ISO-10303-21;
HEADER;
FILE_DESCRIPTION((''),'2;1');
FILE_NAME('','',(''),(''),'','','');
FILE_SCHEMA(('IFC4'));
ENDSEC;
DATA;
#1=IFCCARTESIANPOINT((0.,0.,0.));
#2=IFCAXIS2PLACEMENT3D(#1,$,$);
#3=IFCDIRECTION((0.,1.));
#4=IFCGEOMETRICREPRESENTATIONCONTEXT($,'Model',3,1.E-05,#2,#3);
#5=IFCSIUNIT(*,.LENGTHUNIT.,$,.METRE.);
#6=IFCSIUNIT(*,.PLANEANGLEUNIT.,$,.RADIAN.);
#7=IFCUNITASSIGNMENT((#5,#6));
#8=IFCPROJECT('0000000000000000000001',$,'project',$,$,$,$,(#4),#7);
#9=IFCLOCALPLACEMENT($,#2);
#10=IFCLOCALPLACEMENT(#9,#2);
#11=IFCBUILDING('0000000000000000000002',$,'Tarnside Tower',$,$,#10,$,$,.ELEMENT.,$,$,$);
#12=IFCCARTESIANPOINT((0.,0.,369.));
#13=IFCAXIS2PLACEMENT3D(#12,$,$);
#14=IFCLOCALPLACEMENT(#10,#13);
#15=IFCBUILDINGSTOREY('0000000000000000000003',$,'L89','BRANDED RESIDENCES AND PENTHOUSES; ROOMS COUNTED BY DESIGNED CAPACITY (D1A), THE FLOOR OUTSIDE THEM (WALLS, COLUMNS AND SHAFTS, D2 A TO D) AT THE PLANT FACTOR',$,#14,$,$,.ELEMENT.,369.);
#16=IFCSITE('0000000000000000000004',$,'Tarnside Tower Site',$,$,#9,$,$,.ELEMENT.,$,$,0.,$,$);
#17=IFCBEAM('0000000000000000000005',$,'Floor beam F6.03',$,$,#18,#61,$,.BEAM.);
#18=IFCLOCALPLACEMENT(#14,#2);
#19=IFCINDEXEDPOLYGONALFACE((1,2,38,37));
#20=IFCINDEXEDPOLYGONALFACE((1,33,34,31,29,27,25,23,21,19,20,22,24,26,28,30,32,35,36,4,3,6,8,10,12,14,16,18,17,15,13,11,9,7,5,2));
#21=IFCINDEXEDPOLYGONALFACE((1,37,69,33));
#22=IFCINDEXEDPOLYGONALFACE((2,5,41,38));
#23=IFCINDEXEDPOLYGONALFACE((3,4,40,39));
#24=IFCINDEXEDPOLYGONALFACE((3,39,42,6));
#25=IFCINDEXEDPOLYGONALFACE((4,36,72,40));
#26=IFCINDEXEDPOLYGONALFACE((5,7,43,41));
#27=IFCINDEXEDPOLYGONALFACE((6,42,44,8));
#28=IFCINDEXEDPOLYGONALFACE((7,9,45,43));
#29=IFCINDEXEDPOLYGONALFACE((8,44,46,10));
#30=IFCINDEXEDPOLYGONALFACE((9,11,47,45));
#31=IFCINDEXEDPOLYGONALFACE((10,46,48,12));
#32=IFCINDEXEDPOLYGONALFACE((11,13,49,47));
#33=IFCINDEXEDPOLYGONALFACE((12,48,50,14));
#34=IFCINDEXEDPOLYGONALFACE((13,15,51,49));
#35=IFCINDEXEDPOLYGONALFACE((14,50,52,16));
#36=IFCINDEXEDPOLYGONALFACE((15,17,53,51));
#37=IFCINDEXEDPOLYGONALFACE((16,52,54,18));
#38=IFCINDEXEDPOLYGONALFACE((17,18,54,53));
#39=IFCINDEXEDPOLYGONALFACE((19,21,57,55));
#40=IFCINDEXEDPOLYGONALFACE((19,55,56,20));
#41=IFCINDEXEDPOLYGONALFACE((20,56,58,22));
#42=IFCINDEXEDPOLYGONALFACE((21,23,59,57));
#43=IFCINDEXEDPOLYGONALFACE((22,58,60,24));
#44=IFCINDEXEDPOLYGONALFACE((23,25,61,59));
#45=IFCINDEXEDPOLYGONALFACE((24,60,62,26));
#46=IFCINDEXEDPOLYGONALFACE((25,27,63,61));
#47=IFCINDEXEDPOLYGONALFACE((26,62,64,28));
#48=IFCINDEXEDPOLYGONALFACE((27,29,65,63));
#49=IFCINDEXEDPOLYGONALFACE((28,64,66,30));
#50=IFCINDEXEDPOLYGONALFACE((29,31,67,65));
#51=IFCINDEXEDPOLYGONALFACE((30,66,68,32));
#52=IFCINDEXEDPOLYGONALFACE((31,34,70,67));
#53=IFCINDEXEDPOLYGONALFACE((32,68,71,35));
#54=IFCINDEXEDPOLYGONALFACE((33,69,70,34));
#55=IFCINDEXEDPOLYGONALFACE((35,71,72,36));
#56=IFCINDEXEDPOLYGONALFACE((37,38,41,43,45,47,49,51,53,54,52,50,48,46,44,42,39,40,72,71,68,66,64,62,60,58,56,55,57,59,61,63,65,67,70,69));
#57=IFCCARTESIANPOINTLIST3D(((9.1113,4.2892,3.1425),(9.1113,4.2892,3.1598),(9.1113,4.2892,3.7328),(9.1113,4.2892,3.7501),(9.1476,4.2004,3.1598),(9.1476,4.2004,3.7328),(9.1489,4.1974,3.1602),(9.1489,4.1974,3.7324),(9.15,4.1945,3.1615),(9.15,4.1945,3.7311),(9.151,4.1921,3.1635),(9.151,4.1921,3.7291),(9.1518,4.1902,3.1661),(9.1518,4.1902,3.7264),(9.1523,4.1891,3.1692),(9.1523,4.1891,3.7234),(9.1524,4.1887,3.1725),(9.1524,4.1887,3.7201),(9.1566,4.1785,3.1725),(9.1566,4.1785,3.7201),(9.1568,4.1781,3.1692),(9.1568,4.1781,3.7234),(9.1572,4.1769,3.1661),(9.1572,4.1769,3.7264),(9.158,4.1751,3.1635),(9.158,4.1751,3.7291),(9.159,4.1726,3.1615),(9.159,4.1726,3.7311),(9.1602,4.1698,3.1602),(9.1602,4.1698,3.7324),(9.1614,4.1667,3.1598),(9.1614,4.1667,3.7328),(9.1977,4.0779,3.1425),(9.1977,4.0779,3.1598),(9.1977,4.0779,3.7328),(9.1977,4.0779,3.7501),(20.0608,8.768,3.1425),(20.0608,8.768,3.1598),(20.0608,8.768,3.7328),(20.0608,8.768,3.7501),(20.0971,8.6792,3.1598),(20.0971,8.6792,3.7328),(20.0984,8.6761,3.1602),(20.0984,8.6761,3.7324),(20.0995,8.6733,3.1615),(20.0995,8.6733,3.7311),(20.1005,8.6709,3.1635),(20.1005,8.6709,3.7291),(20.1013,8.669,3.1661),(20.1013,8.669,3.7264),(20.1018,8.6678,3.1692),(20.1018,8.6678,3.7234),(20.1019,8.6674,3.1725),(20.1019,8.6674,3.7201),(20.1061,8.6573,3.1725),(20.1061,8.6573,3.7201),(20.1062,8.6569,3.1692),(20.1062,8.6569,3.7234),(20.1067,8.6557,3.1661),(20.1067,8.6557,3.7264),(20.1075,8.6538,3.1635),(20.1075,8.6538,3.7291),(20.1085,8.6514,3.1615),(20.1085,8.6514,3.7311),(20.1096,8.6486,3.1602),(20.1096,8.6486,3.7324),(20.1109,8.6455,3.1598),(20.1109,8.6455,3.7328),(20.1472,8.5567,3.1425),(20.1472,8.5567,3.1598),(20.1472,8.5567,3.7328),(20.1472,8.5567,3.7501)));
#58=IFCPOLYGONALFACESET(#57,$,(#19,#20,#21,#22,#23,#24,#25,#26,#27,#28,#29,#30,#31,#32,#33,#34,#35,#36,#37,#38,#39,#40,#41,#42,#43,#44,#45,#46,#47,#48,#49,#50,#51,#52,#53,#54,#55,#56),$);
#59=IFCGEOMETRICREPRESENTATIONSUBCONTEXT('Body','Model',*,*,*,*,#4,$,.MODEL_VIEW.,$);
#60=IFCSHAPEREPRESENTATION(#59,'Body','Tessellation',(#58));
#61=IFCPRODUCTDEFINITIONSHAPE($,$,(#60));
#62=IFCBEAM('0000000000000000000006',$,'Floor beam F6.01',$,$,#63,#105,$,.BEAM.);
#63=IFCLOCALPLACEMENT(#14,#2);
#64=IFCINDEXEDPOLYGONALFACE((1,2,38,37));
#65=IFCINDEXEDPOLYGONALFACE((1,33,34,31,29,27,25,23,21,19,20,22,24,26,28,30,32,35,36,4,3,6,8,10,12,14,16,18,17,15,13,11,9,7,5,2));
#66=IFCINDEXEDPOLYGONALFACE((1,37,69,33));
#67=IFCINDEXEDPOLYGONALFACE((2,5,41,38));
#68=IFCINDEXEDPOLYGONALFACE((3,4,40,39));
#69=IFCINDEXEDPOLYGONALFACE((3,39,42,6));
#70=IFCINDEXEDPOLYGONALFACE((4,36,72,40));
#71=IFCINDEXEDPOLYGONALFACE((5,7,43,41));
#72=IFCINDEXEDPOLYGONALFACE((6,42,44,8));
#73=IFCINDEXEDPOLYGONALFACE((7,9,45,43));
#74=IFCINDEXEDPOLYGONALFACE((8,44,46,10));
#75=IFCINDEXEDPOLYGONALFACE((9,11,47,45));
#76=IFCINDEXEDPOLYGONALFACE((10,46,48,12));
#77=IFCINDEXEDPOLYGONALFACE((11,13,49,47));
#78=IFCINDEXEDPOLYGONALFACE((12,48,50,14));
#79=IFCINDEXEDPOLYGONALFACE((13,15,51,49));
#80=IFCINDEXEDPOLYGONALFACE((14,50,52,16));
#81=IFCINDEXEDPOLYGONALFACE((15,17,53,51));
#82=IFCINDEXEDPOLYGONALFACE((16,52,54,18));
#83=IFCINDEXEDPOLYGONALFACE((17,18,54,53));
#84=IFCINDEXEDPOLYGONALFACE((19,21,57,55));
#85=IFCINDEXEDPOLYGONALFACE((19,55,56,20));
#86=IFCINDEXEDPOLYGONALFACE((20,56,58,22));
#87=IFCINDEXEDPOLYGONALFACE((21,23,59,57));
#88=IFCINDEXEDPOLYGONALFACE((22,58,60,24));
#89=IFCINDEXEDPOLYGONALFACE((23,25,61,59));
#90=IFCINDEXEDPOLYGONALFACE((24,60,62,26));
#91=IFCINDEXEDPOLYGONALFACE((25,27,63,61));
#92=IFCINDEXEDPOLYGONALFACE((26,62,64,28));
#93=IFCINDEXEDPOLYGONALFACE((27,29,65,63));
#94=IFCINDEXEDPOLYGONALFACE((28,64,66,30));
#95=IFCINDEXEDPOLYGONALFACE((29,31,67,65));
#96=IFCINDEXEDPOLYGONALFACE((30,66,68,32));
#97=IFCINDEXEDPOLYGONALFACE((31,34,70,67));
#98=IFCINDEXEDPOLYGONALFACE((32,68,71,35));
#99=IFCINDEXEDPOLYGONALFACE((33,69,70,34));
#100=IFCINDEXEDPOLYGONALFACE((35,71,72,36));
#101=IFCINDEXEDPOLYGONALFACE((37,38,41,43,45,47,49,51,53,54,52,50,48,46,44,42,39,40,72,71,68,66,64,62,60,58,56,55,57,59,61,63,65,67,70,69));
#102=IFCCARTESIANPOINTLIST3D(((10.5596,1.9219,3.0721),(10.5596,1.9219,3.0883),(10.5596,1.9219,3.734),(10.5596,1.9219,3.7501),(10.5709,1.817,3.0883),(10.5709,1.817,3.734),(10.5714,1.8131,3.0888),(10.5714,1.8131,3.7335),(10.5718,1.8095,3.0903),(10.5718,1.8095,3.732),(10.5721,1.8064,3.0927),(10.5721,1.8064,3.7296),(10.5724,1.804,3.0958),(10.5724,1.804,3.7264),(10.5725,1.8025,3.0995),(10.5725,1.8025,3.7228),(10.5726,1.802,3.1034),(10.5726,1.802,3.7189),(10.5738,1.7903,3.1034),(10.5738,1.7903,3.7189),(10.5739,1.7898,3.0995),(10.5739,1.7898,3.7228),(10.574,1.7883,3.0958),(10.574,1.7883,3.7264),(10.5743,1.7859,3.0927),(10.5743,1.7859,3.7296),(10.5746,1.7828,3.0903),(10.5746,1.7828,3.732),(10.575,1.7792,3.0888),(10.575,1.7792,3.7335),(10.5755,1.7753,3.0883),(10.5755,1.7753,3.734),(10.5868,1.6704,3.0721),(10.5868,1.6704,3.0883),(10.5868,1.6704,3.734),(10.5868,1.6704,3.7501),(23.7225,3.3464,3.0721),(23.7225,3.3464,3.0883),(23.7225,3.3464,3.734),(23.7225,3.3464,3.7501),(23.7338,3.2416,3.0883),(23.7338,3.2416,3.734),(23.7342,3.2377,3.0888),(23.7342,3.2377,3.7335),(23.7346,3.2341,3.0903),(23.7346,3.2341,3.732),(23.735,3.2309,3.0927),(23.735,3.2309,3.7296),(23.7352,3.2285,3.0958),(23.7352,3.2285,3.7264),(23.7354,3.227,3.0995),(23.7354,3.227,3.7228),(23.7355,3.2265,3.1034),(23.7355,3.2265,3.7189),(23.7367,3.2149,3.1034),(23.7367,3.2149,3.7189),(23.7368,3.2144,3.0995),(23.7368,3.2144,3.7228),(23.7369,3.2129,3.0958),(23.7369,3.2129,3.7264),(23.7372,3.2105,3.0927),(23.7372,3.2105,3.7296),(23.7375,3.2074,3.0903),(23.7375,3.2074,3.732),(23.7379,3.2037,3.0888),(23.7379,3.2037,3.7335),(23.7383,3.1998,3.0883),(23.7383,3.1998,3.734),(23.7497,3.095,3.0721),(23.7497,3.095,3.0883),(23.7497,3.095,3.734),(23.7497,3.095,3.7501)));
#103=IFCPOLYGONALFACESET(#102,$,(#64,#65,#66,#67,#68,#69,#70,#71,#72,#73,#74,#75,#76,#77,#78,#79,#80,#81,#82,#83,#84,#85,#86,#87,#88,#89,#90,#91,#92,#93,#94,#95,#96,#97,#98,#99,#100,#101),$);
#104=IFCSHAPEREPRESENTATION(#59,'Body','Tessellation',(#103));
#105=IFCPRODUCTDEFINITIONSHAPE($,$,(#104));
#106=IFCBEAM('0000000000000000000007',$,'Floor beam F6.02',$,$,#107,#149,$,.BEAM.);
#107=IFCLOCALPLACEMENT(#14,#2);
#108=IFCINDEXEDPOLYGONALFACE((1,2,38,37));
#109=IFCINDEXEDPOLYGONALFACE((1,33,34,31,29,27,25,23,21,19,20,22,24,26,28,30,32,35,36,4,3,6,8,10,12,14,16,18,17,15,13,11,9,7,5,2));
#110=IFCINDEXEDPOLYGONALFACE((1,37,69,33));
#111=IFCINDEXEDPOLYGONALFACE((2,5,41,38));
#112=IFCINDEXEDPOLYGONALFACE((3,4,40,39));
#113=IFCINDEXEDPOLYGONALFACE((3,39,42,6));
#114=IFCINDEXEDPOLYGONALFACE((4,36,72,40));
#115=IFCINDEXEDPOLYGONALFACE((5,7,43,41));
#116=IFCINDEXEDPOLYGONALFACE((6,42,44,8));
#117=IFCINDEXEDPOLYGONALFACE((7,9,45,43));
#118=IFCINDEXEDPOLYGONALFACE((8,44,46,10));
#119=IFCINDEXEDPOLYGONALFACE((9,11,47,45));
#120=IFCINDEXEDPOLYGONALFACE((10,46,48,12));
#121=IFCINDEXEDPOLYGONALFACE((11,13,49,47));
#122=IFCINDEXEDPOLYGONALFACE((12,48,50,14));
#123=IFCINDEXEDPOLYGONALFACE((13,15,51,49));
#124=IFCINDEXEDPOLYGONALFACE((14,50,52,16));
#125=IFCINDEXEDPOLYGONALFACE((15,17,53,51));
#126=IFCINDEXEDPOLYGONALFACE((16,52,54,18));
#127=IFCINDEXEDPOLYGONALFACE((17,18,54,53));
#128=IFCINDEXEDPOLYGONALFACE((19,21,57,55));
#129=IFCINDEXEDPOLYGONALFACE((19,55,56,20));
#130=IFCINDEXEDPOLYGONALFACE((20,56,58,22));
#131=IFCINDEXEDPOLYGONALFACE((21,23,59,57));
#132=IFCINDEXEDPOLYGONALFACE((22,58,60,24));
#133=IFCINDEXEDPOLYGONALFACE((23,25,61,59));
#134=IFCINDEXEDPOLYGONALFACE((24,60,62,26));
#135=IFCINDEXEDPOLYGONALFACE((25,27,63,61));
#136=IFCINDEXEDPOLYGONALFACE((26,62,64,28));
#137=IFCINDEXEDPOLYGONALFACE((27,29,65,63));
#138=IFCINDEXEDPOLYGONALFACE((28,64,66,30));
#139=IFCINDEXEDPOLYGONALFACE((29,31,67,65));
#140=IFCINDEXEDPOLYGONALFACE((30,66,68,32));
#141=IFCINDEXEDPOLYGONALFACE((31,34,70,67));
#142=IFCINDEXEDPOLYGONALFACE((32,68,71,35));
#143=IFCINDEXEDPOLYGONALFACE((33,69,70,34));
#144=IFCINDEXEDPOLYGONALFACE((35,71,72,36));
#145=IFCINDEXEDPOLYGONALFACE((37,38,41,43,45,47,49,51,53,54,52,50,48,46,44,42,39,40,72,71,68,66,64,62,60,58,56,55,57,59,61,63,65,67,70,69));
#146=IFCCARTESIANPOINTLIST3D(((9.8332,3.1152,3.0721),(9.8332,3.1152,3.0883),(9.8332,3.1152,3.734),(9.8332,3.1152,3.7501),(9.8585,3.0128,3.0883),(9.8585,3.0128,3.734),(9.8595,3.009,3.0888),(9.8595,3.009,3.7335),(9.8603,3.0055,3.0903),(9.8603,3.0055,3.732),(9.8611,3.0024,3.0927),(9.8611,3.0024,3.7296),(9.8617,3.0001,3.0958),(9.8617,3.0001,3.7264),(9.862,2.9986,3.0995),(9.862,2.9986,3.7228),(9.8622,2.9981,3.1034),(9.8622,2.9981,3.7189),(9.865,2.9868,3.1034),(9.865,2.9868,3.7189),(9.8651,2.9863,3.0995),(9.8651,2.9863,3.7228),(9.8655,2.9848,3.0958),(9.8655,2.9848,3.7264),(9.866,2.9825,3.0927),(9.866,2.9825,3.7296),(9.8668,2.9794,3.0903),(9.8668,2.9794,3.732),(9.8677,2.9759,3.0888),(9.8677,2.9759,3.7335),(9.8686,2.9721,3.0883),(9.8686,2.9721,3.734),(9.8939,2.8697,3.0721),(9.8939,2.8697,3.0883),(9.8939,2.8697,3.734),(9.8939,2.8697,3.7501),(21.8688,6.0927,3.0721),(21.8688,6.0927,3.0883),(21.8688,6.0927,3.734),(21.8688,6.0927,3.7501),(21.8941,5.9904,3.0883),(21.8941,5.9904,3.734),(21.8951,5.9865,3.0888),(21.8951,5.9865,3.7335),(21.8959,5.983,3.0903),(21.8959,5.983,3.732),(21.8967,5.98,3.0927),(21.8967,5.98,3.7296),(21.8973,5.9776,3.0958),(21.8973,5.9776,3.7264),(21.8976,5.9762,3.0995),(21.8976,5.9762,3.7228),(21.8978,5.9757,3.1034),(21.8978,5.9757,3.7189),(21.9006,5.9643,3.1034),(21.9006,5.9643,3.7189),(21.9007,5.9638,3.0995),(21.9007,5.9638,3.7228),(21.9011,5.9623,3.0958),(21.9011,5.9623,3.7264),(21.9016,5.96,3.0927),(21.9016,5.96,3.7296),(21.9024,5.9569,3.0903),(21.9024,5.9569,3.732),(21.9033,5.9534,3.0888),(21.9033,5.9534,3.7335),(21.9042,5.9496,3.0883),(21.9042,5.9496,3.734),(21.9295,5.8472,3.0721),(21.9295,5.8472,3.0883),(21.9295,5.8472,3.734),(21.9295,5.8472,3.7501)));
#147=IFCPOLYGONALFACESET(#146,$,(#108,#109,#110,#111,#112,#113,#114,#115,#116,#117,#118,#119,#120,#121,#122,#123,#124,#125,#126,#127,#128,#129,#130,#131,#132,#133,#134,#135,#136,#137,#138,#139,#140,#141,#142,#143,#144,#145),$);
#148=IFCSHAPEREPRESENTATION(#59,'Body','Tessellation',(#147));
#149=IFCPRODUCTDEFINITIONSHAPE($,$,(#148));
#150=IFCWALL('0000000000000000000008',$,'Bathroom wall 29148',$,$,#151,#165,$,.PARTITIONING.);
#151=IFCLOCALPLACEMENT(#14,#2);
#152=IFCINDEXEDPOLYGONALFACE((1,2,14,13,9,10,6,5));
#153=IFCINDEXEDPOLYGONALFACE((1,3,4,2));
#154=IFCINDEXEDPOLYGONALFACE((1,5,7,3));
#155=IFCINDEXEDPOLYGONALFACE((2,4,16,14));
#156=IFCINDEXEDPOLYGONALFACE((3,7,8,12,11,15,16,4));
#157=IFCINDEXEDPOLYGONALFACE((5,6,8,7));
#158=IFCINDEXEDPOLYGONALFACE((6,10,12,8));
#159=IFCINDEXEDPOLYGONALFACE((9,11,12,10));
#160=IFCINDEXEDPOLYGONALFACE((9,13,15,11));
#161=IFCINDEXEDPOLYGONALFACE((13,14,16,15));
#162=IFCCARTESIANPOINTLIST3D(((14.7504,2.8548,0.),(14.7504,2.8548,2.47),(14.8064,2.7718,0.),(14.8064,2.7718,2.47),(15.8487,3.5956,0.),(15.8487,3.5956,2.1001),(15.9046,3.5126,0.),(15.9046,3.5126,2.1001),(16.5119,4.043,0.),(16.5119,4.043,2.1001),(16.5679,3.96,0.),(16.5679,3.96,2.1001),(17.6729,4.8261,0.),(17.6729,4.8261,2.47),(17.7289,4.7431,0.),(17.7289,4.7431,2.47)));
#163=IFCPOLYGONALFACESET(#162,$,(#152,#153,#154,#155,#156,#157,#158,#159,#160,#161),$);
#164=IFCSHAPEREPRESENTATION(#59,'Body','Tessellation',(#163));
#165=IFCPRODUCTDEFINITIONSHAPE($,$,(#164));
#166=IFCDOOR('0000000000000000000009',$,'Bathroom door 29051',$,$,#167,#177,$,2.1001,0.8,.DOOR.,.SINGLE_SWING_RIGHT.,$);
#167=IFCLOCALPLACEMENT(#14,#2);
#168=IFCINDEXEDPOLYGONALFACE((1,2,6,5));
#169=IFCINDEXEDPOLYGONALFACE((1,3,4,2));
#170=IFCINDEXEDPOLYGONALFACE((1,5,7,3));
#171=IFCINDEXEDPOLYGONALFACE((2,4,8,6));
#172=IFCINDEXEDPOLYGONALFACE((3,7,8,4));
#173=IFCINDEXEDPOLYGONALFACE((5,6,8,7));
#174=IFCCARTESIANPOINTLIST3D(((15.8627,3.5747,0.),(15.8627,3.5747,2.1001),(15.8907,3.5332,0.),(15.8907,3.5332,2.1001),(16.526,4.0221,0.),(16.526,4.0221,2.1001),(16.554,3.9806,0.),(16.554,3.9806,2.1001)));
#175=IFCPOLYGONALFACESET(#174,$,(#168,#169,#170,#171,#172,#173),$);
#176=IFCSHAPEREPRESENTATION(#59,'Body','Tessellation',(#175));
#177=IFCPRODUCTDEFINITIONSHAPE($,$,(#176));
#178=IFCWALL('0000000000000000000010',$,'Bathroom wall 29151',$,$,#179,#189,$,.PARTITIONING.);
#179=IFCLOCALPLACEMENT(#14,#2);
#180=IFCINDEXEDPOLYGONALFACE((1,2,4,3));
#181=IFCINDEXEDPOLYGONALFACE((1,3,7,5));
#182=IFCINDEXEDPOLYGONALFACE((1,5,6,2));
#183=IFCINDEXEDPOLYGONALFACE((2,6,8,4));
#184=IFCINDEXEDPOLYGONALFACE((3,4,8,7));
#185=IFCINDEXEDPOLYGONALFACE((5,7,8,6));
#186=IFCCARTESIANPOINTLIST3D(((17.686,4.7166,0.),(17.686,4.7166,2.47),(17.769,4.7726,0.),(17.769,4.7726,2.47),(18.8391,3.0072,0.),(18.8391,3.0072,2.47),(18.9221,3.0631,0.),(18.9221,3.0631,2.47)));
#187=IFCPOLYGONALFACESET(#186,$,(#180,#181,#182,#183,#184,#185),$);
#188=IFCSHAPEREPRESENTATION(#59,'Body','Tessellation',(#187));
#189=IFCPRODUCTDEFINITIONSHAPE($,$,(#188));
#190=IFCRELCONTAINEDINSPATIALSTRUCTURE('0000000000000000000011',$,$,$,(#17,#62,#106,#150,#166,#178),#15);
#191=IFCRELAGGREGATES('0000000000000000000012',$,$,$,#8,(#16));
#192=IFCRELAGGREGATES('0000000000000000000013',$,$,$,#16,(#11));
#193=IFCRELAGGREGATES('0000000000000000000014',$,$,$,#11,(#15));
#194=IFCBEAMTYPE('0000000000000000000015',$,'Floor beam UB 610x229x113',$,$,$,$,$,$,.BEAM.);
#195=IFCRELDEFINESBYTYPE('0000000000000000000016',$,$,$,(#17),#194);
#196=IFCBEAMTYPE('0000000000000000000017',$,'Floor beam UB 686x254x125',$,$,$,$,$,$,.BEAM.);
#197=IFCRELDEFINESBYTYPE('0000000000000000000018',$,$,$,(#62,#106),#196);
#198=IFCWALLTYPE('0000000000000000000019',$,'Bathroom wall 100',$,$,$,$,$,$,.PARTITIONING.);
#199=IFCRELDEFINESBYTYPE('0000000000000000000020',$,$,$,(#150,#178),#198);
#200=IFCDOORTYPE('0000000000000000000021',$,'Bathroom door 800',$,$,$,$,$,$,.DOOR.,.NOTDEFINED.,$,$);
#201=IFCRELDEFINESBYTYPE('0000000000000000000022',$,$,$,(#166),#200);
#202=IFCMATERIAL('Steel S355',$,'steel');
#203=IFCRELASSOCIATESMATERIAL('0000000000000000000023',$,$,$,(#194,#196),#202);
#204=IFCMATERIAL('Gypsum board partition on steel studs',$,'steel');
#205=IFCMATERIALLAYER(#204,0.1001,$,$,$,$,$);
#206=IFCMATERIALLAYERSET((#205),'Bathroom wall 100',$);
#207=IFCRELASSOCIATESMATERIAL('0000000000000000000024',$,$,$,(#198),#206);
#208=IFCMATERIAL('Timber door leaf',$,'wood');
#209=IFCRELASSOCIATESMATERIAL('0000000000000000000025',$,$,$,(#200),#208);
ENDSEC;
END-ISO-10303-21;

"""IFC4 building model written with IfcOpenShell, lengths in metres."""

from ifc_helpers import new_model, si_unit, direction, frame, frame_2d, origin, origin_2d, place, context, subcontext, project, spatial, rectangle, i_section, extrude, material, layer, layer_set, material_profile, profile_set, type_object, element, fill, save


model = new_model("IFC4")

# Units and contexts
model_context = context("Model", 3, precision=1e-05, world=origin(), true_north=direction((0.0, 1.0)))
body_context = subcontext(model_context, "Body", "Model", "MODEL_VIEW")
ifc_project = project(units=[si_unit("LENGTHUNIT", "METRE"), si_unit("PLANEANGLEUNIT", "RADIAN")], contexts=[model_context])

# Site, building, storey
site_placement = place(None, origin())
site = spatial("IfcSite", under=ifc_project, at=site_placement, Name="Tarnside Tower Site", CompositionType="ELEMENT", RefElevation=0.0)
building_placement = place(site_placement, origin())
building = spatial("IfcBuilding", under=site, at=building_placement, Name="Tarnside Tower", CompositionType="ELEMENT")
storey_placement = place(building_placement, frame((0.0, 0.0, 369.0)))
storey = spatial("IfcBuildingStorey", under=building, at=storey_placement, Name="L89", Description="BRANDED RESIDENCES AND PENTHOUSES; ROOMS COUNTED BY DESIGNED CAPACITY (D1A), THE FLOOR OUTSIDE THEM (WALLS, COLUMNS AND SHAFTS, D2 A TO D) AT THE PLANT FACTOR", CompositionType="ELEMENT", Elevation=369.0)

# Beams
ifc_material_1 = material(Name="Steel S355", Category="steel")
ifc_material_profile_1 = material_profile(ifc_material_1, i_section(OverallWidth=0.2283, OverallDepth=0.6077, WebThickness=0.011, FlangeThickness=0.0173, FilletRadius=0.0127, at=origin_2d()), Name="UB 610x229x113")
ifc_profile_set_1 = profile_set([ifc_material_profile_1], Name="Steel S355")
beam_type_1 = type_object("IfcBeamType", Name="Floor beam UB 610x229x113", PredefinedType="BEAM", material=ifc_profile_set_1)
beam_1_placement = place(storey_placement, frame((20.104, 8.6624, 3.4463), z_axis=(-0.925564, -0.378592, 0.0), x_axis=(0.378592, -0.925564, 0.0)))
element("IfcBeam", 1, at=beam_1_placement, inside=storey, type_object=beam_type_1, Name="Floor beam F6.03", PredefinedType="BEAM", context=body_context, shape_type="SweptSolid", body=[
    extrude(i_section(OverallWidth=0.2283, OverallDepth=0.6077, WebThickness=0.011, FlangeThickness=0.0173, FilletRadius=0.0127, at=origin_2d()), origin(), (0.0, 0.0, 1.0), 11.8301),
])
ifc_material_profile_2 = material_profile(ifc_material_1, i_section(OverallWidth=0.2529, OverallDepth=0.678, WebThickness=0.0117, FlangeThickness=0.0161, FilletRadius=0.0151, at=origin_2d()), Name="UB 686x254x125")
ifc_profile_set_2 = profile_set([ifc_material_profile_2], Name="Steel S355")
beam_type_2 = type_object("IfcBeamType", Name="Floor beam UB 686x254x125", PredefinedType="BEAM", material=ifc_profile_set_2)
beam_2_placement = place(storey_placement, frame((23.7361, 3.2207, 3.4111), z_axis=(-0.994195, -0.107598, 0.0), x_axis=(0.107598, -0.994195, 0.0)))
element("IfcBeam", 2, at=beam_2_placement, inside=storey, type_object=beam_type_2, Name="Floor beam F6.01", PredefinedType="BEAM", context=body_context, shape_type="SweptSolid", body=[
    extrude(i_section(OverallWidth=0.2529, OverallDepth=0.678, WebThickness=0.0117, FlangeThickness=0.0161, FilletRadius=0.0151, at=origin_2d()), origin(), (0.0, 0.0, 1.0), 13.2397),
])
beam_3_placement = place(storey_placement, frame((21.8992, 5.97, 3.4111), z_axis=(-0.970735, -0.240153, 0.0), x_axis=(0.240153, -0.970735, 0.0)))
element("IfcBeam", 3, at=beam_3_placement, inside=storey, type_object=beam_type_2, Name="Floor beam F6.02", PredefinedType="BEAM", context=body_context, shape_type="SweptSolid", body=[
    extrude(i_section(OverallWidth=0.2529, OverallDepth=0.678, WebThickness=0.0117, FlangeThickness=0.0161, FilletRadius=0.0151, at=origin_2d()), origin(), (0.0, 0.0, 1.0), 12.3984),
])

# Wall, opening, door
ifc_material_2 = material(Name="Gypsum board partition on steel studs", Category="steel")
ifc_layer_1 = layer(ifc_material_2, 0.1001)
ifc_layer_set_1 = layer_set([ifc_layer_1], Name="Bathroom wall 100")
wall_type_1 = type_object("IfcWallType", Name="Bathroom wall 100", PredefinedType="PARTITIONING", material=ifc_layer_set_1)
wall_1_placement = place(storey_placement, frame((14.7783, 2.8132, 0.0), z_axis=(0.0, 0.0, 1.0), x_axis=(0.829033, 0.559199, 0.0)))
wall_1 = element("IfcWall", 4, at=wall_1_placement, inside=storey, type_object=wall_type_1, Name="Bathroom wall 29148", PredefinedType="PARTITIONING", context=body_context, shape_type="SweptSolid", body=[
    extrude(rectangle(XDim=3.5251, YDim=0.1001, at=frame_2d((1.7627, 0.0))), origin(), (0.0, 0.0, 1.0), 2.47),
])
opening_1_placement = place(wall_1_placement, frame((1.325, 0.0, 0.0)))
opening_1 = element("IfcOpeningElement", 5, at=opening_1_placement, cuts=wall_1, PredefinedType="OPENING", context=body_context, shape_type="SweptSolid", body=[
    extrude(rectangle(XDim=0.8, YDim=2.1001, at=frame_2d((0.3999, 1.05))), frame((0.0, 0.0601, 0.0), z_axis=(0.0, -1.0, 0.0), x_axis=(1.0, 0.0, 0.0)), (0.0, 0.0, 1.0), 0.1201),
])
ifc_material_3 = material(Name="Timber door leaf", Category="wood")
door_type_1 = type_object("IfcDoorType", Name="Bathroom door 800", OperationType="NOTDEFINED", PredefinedType="DOOR", material=ifc_material_3)
door_1_placement = place(opening_1_placement, origin())
door_1 = element("IfcDoor", 6, at=door_1_placement, inside=storey, type_object=door_type_1, Name="Bathroom door 29051", OperationType="SINGLE_SWING_RIGHT", OverallHeight=2.1001, OverallWidth=0.8, PredefinedType="DOOR", context=body_context, shape_type="SweptSolid", body=[
    extrude(rectangle(XDim=0.8, YDim=2.1001, at=frame_2d((0.3999, 1.05))), frame((0.0, 0.0249, 0.0), z_axis=(0.0, -1.0, 0.0), x_axis=(1.0, 0.0, 0.0)), (0.0, 0.0, 1.0), 0.05),
])
fill(opening_1, door_1)

# Wall
wall_2_placement = place(storey_placement, frame((18.8806, 3.0352, 0.0), z_axis=(0.0, 0.0, 1.0), x_axis=(-0.5592, 0.829033, 0.0)))
element("IfcWall", 7, at=wall_2_placement, inside=storey, type_object=wall_type_1, Name="Bathroom wall 29151", PredefinedType="PARTITIONING", context=body_context, shape_type="SweptSolid", body=[
    extrude(rectangle(XDim=2.062, YDim=0.1001, at=frame_2d((1.031, 0.0))), origin(), (0.0, 0.0, 1.0), 2.47),
])

save(model, "model.ifc")
